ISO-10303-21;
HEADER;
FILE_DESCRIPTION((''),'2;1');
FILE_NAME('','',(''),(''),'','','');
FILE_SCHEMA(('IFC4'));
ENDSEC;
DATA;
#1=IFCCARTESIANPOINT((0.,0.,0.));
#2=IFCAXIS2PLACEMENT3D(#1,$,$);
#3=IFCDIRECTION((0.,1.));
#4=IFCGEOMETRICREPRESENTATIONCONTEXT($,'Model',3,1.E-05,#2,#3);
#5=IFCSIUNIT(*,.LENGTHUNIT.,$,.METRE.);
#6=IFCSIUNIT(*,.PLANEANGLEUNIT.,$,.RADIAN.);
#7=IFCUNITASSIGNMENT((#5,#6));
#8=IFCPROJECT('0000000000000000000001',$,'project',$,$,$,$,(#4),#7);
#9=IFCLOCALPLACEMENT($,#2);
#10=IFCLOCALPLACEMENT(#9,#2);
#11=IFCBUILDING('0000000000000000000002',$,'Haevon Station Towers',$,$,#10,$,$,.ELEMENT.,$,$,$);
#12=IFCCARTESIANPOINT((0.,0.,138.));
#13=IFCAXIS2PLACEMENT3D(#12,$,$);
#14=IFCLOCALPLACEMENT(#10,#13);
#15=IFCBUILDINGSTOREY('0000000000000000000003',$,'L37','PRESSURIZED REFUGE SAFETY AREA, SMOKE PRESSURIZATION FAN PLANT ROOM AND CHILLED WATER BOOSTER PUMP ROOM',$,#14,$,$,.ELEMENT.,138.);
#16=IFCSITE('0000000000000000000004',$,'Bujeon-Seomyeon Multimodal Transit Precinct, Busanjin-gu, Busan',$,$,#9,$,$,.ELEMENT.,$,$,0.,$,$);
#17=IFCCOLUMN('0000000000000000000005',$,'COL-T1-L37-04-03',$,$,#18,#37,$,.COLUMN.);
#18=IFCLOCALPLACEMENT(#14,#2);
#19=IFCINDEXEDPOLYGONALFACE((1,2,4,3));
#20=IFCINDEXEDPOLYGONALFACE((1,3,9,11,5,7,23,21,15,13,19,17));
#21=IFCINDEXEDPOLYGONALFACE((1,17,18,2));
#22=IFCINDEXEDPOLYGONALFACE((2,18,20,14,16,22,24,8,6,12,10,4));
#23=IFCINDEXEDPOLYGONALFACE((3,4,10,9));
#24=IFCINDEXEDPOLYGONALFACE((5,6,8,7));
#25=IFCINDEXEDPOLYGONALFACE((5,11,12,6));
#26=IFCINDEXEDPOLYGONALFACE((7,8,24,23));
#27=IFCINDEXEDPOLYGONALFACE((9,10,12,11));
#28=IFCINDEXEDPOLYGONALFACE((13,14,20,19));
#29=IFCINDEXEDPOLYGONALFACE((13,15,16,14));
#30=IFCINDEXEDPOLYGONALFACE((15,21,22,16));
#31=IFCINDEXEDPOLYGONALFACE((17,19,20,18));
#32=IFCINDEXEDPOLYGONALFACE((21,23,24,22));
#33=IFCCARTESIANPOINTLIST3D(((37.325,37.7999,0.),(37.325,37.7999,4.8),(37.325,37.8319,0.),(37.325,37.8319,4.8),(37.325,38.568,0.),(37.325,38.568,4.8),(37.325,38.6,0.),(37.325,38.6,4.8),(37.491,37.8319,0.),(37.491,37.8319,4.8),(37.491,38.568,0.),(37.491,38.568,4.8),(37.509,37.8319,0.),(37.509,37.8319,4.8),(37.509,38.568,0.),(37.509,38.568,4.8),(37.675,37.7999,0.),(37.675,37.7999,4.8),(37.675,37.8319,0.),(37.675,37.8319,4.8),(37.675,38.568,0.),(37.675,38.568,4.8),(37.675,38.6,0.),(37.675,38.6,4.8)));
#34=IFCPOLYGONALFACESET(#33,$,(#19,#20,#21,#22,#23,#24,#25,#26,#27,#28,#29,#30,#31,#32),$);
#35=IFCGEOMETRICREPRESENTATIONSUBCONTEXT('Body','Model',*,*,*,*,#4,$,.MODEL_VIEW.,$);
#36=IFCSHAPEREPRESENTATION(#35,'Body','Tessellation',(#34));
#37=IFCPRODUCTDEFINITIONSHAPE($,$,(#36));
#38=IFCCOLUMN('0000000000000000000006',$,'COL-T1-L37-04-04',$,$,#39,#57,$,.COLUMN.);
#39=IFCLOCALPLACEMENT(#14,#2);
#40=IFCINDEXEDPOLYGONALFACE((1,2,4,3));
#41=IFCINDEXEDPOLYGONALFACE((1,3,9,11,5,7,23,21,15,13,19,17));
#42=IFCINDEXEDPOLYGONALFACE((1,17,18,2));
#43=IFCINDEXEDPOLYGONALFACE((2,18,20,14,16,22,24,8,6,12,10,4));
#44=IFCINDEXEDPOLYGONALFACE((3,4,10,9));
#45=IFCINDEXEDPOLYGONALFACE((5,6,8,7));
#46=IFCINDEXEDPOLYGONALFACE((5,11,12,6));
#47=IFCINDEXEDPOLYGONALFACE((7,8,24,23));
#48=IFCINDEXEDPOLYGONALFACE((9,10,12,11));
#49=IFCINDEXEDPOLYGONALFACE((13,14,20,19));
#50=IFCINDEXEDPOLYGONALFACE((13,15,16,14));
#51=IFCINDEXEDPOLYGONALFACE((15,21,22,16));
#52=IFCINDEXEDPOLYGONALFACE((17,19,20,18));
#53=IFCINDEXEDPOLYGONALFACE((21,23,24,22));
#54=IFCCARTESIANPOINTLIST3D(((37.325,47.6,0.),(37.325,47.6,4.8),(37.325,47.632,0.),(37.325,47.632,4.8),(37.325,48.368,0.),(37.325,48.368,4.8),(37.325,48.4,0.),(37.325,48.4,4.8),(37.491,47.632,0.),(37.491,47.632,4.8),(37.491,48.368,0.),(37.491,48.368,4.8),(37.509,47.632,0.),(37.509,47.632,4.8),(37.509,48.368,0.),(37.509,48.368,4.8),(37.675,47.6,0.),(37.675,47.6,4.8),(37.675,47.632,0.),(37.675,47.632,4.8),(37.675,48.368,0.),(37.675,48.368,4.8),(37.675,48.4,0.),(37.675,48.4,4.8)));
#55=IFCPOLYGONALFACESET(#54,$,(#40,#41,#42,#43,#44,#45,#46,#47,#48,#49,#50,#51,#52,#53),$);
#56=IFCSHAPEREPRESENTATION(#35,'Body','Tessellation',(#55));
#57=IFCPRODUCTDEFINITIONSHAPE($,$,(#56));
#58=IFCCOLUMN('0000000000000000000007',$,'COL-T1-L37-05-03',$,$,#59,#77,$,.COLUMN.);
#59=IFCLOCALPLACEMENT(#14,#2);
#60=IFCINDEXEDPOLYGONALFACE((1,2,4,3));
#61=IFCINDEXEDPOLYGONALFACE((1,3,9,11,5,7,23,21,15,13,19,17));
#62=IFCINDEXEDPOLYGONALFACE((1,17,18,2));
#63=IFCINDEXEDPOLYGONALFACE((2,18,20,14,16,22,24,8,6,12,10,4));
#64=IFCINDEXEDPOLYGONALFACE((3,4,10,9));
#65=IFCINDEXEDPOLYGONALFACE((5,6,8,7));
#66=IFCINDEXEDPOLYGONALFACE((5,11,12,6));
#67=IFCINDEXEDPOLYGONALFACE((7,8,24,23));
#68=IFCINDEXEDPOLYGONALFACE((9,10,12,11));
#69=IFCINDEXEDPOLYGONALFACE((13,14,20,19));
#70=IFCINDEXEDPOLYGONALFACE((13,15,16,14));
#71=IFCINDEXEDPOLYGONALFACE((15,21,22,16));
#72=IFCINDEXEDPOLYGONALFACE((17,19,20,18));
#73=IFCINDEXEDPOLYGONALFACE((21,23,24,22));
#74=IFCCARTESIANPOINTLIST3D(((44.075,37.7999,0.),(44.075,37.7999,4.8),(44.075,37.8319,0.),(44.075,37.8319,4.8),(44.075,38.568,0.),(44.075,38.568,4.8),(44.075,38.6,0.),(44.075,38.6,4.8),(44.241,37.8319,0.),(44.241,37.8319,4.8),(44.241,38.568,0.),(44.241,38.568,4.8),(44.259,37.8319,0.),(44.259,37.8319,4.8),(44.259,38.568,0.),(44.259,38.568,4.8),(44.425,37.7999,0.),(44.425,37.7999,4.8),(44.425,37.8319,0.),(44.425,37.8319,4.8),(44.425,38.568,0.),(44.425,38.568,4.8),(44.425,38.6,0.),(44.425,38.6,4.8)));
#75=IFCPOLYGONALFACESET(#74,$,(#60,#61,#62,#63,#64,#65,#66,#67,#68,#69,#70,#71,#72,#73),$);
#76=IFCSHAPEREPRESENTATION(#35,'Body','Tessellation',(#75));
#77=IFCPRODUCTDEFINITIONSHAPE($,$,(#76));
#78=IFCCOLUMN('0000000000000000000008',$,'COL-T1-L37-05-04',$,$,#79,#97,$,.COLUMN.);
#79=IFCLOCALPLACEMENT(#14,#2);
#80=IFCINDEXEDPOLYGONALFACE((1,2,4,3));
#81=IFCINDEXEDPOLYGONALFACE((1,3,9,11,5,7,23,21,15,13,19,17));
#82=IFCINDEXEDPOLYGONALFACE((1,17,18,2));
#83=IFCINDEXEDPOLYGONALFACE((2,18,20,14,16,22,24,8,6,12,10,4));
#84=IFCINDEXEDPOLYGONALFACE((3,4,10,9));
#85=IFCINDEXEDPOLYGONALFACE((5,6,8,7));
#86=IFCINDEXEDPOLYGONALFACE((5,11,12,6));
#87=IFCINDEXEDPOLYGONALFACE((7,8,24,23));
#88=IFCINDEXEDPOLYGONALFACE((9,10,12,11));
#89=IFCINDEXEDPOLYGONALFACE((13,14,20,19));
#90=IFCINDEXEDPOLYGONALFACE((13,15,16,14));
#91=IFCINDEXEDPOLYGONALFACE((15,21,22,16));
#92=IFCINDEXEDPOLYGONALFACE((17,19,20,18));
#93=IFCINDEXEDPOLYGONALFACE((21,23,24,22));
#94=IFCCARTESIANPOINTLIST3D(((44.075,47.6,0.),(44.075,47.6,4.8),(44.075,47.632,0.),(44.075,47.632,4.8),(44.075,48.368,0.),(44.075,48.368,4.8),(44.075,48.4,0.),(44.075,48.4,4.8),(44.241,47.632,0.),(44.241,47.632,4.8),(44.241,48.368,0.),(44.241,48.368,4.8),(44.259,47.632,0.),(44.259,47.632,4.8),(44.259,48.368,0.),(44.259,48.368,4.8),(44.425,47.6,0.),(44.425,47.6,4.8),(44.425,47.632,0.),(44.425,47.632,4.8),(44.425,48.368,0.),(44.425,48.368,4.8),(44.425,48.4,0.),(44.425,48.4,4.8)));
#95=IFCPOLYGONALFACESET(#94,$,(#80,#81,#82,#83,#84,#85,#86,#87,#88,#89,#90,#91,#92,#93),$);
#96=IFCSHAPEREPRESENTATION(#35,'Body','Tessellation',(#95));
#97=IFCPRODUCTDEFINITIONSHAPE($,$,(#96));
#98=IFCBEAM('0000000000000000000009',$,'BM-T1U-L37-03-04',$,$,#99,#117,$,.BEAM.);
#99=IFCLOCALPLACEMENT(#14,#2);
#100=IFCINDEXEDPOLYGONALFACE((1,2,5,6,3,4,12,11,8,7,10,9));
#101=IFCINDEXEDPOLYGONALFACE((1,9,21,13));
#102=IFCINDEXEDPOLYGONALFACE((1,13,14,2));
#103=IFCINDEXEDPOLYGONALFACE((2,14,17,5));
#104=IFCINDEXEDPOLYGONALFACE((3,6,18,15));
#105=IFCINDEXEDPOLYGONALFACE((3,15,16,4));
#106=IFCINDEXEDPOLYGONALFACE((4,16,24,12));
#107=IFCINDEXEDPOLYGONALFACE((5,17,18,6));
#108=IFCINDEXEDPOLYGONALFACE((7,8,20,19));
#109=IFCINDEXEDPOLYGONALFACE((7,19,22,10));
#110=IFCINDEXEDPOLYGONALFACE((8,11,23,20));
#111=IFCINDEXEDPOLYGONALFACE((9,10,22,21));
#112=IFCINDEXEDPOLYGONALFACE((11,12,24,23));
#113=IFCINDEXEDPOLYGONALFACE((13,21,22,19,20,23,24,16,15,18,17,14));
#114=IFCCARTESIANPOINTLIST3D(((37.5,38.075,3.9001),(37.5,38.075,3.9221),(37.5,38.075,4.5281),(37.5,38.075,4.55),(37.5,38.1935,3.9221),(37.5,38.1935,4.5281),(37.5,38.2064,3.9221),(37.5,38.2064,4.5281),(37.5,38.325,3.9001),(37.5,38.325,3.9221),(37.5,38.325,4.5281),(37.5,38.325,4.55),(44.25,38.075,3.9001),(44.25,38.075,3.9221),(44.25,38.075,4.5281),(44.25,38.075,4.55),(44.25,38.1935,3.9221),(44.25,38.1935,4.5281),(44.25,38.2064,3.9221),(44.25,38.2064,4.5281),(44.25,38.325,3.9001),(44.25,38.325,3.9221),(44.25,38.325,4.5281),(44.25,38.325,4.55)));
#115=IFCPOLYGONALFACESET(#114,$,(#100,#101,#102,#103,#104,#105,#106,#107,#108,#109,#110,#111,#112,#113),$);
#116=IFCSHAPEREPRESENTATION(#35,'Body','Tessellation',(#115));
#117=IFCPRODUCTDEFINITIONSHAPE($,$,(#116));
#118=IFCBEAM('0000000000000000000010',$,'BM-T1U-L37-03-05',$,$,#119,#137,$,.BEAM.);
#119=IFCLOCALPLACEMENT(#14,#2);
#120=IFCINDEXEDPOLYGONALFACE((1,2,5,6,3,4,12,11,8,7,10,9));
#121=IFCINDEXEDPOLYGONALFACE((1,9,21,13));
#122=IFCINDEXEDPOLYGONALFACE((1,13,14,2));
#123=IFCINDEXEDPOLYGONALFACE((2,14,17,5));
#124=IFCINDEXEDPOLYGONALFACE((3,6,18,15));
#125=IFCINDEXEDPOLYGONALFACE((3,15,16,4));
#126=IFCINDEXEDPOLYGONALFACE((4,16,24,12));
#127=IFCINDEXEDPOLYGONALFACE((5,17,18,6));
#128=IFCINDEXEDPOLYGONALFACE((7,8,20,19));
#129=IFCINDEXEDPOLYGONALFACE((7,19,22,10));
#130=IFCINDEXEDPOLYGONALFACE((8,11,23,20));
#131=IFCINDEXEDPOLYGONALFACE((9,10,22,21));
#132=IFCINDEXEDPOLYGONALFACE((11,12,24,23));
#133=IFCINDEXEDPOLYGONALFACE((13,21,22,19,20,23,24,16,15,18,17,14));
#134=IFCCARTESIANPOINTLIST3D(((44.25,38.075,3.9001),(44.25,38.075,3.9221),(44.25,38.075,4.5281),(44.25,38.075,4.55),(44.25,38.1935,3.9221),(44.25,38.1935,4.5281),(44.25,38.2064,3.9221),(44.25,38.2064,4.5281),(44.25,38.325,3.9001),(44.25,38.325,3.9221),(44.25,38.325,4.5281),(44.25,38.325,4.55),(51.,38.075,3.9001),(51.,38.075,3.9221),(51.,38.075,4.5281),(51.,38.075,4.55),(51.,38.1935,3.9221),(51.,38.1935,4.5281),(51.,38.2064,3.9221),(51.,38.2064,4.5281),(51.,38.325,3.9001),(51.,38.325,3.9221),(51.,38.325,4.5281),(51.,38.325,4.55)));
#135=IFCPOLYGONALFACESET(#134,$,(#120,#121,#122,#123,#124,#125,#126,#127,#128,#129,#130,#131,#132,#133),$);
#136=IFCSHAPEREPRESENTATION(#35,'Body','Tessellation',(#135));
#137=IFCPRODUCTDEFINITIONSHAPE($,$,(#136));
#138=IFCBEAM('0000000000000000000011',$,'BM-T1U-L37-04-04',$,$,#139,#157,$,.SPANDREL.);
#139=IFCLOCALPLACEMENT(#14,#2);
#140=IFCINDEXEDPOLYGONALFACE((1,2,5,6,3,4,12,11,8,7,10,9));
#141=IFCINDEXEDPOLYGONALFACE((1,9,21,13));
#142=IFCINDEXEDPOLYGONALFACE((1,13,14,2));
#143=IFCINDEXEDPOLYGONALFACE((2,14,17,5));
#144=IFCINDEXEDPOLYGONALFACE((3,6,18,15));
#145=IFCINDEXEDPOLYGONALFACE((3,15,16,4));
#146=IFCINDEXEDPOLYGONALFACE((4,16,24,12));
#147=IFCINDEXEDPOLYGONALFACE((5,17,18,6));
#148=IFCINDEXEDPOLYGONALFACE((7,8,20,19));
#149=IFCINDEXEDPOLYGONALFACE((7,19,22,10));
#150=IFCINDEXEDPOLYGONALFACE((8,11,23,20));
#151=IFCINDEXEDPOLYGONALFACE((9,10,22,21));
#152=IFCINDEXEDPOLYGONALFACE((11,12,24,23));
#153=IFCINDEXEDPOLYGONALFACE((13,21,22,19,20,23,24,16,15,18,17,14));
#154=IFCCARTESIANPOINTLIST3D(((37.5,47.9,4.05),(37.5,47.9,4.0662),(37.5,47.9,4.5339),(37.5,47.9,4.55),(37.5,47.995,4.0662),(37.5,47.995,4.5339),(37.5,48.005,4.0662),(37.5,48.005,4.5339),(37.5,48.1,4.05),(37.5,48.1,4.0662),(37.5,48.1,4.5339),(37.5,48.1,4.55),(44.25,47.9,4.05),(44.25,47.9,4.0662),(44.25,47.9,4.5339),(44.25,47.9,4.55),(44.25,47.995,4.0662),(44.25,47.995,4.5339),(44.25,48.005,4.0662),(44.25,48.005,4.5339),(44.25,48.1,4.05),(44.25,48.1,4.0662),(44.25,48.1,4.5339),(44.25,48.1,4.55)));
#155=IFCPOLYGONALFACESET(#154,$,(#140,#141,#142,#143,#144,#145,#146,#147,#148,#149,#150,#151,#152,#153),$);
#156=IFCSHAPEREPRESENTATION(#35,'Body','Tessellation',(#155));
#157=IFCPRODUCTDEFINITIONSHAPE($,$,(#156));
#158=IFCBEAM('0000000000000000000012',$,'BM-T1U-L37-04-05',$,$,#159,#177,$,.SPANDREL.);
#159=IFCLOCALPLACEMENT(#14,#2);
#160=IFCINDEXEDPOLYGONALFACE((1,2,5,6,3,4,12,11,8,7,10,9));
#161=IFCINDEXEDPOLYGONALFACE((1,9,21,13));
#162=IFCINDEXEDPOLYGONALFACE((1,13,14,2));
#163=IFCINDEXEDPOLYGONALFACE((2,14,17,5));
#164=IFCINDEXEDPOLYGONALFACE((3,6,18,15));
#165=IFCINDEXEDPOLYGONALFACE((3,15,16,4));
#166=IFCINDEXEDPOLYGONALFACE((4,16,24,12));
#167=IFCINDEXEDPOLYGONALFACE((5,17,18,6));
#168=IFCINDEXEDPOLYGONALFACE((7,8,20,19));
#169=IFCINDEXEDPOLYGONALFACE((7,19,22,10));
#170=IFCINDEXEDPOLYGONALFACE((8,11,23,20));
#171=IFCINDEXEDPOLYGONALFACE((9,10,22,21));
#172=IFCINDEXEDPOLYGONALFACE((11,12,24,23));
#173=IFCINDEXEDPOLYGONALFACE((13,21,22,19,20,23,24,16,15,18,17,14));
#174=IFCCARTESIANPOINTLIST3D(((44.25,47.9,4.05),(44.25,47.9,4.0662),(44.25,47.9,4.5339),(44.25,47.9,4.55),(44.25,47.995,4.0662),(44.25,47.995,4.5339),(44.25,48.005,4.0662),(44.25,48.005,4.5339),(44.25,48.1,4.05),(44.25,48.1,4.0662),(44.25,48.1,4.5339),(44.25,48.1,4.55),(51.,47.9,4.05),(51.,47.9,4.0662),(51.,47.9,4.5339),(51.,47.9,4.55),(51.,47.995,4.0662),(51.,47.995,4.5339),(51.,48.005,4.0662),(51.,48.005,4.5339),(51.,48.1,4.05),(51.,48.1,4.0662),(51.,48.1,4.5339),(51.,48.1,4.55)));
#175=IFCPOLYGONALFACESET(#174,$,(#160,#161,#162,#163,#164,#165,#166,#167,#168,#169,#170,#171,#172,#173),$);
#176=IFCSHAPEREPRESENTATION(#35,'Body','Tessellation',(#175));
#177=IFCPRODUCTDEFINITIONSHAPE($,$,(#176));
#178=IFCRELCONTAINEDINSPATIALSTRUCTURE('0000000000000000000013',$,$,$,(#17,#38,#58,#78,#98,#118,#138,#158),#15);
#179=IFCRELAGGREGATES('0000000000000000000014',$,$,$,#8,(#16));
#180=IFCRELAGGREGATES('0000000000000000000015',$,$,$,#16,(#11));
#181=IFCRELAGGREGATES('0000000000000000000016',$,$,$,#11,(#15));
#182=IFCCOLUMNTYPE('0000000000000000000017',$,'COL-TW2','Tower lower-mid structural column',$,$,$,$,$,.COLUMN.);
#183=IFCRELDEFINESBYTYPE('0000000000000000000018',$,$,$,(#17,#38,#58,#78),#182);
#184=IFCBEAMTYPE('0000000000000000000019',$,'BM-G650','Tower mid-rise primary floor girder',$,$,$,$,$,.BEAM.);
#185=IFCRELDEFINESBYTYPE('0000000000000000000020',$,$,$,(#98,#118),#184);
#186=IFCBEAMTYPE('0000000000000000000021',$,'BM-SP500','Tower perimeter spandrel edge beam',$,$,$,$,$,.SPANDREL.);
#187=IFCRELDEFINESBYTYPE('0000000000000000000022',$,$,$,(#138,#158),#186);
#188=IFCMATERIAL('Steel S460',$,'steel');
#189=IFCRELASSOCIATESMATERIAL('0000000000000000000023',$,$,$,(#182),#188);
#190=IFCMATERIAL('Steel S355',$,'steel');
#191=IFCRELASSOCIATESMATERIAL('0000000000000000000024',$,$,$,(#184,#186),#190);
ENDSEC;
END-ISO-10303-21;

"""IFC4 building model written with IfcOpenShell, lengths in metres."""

from ifc_helpers import new_model, si_unit, direction, frame, origin, origin_2d, place, context, subcontext, project, spatial, i_section, extrude, material, material_profile, profile_set, type_object, element, save


model = new_model("IFC4")

# Units and contexts
model_context = context("Model", 3, precision=1e-05, world=origin(), true_north=direction((0.0, 1.0)))
body_context = subcontext(model_context, "Body", "Model", "MODEL_VIEW")
ifc_project = project(units=[si_unit("LENGTHUNIT", "METRE"), si_unit("PLANEANGLEUNIT", "RADIAN")], contexts=[model_context])

# Site, building, storey
site_placement = place(None, origin())
site = spatial("IfcSite", under=ifc_project, at=site_placement, Name="Bujeon-Seomyeon Multimodal Transit Precinct, Busanjin-gu, Busan", CompositionType="ELEMENT", RefElevation=0.0)
building_placement = place(site_placement, origin())
building = spatial("IfcBuilding", under=site, at=building_placement, Name="Haevon Station Towers", CompositionType="ELEMENT")
storey_placement = place(building_placement, frame((0.0, 0.0, 138.0)))
storey = spatial("IfcBuildingStorey", under=building, at=storey_placement, Name="L37", Description="PRESSURIZED REFUGE SAFETY AREA, SMOKE PRESSURIZATION FAN PLANT ROOM AND CHILLED WATER BOOSTER PUMP ROOM", CompositionType="ELEMENT", Elevation=138.0)

# Columns
ifc_material_1 = material(Name="Steel S460", Category="steel")
ifc_material_profile_1 = material_profile(ifc_material_1, i_section(OverallWidth=0.3501, OverallDepth=0.8, WebThickness=0.0181, FlangeThickness=0.032, at=origin_2d()), Name="H-800x350x18x32")
ifc_profile_set_1 = profile_set([ifc_material_profile_1], Name="Steel S460")
column_type = type_object("IfcColumnType", Name="COL-TW2", Description="Tower lower-mid structural column", PredefinedType="COLUMN", material=ifc_profile_set_1)
for number, where, z_axis, x_axis, name in (
    (1, (37.5, 38.2, 0.0), (0.0, 0.0, 1.0), (1.0, 0.0, 0.0), "COL-T1-L37-04-03"),
    (2, (37.5, 48.0, 0.0), (0.0, 0.0, 1.0), (1.0, 0.0, 0.0), "COL-T1-L37-04-04"),
    (3, (44.25, 38.2, 0.0), (0.0, 0.0, 1.0), (1.0, 0.0, 0.0), "COL-T1-L37-05-03"),
    (4, (44.25, 48.0, 0.0), (0.0, 0.0, 1.0), (1.0, 0.0, 0.0), "COL-T1-L37-05-04"),
):
    element("IfcColumn", number, at=place(storey_placement, frame(where, z_axis=z_axis, x_axis=x_axis)), inside=storey, type_object=column_type, Name=name, PredefinedType="COLUMN", context=body_context, shape_type="SweptSolid", body=[
        extrude(i_section(OverallWidth=0.3501, OverallDepth=0.8, WebThickness=0.0181, FlangeThickness=0.032, at=origin_2d()), origin(), (0.0, 0.0, 1.0), 4.8),
    ])

# Beams
ifc_material_2 = material(Name="Steel S355", Category="steel")
ifc_material_profile_2 = material_profile(ifc_material_2, i_section(OverallWidth=0.25, OverallDepth=0.6499, WebThickness=0.0129, FlangeThickness=0.022, at=origin_2d()), Name="H-650x250x13x22")
ifc_profile_set_2 = profile_set([ifc_material_profile_2], Name="Steel S355")
beam_type_1 = type_object("IfcBeamType", Name="BM-G650", Description="Tower mid-rise primary floor girder", PredefinedType="BEAM", material=ifc_profile_set_2)
for number, where, z_axis, x_axis, name in (
    (5, (37.5, 38.2, 4.2251), (1.0, 0.0, 0.0), (0.0, 1.0, 0.0), "BM-T1U-L37-03-04"),
    (6, (44.25, 38.2, 4.2251), (1.0, 0.0, 0.0), (0.0, 1.0, 0.0), "BM-T1U-L37-03-05"),
):
    element("IfcBeam", number, at=place(storey_placement, frame(where, z_axis=z_axis, x_axis=x_axis)), inside=storey, type_object=beam_type_1, Name=name, PredefinedType="BEAM", context=body_context, shape_type="SweptSolid", body=[
        extrude(i_section(OverallWidth=0.25, OverallDepth=0.6499, WebThickness=0.0129, FlangeThickness=0.022, at=origin_2d()), origin(), (0.0, 0.0, 1.0), 6.75),
    ])
ifc_material_profile_3 = material_profile(ifc_material_2, i_section(OverallWidth=0.2, OverallDepth=0.5, WebThickness=0.01, FlangeThickness=0.0161, at=origin_2d()), Name="H-500x200x10x16")
ifc_profile_set_3 = profile_set([ifc_material_profile_3], Name="Steel S355")
beam_type_2 = type_object("IfcBeamType", Name="BM-SP500", Description="Tower perimeter spandrel edge beam", PredefinedType="SPANDREL", material=ifc_profile_set_3)
for number, where, z_axis, x_axis, name in (
    (7, (37.5, 48.0, 4.3), (1.0, 0.0, 0.0), (0.0, 1.0, 0.0), "BM-T1U-L37-04-04"),
    (8, (44.25, 48.0, 4.3), (1.0, 0.0, 0.0), (0.0, 1.0, 0.0), "BM-T1U-L37-04-05"),
):
    element("IfcBeam", number, at=place(storey_placement, frame(where, z_axis=z_axis, x_axis=x_axis)), inside=storey, type_object=beam_type_2, Name=name, PredefinedType="SPANDREL", context=body_context, shape_type="SweptSolid", body=[
        extrude(i_section(OverallWidth=0.2, OverallDepth=0.5, WebThickness=0.01, FlangeThickness=0.0161, at=origin_2d()), origin(), (0.0, 0.0, 1.0), 6.75),
    ])

save(model, "model.ifc")
